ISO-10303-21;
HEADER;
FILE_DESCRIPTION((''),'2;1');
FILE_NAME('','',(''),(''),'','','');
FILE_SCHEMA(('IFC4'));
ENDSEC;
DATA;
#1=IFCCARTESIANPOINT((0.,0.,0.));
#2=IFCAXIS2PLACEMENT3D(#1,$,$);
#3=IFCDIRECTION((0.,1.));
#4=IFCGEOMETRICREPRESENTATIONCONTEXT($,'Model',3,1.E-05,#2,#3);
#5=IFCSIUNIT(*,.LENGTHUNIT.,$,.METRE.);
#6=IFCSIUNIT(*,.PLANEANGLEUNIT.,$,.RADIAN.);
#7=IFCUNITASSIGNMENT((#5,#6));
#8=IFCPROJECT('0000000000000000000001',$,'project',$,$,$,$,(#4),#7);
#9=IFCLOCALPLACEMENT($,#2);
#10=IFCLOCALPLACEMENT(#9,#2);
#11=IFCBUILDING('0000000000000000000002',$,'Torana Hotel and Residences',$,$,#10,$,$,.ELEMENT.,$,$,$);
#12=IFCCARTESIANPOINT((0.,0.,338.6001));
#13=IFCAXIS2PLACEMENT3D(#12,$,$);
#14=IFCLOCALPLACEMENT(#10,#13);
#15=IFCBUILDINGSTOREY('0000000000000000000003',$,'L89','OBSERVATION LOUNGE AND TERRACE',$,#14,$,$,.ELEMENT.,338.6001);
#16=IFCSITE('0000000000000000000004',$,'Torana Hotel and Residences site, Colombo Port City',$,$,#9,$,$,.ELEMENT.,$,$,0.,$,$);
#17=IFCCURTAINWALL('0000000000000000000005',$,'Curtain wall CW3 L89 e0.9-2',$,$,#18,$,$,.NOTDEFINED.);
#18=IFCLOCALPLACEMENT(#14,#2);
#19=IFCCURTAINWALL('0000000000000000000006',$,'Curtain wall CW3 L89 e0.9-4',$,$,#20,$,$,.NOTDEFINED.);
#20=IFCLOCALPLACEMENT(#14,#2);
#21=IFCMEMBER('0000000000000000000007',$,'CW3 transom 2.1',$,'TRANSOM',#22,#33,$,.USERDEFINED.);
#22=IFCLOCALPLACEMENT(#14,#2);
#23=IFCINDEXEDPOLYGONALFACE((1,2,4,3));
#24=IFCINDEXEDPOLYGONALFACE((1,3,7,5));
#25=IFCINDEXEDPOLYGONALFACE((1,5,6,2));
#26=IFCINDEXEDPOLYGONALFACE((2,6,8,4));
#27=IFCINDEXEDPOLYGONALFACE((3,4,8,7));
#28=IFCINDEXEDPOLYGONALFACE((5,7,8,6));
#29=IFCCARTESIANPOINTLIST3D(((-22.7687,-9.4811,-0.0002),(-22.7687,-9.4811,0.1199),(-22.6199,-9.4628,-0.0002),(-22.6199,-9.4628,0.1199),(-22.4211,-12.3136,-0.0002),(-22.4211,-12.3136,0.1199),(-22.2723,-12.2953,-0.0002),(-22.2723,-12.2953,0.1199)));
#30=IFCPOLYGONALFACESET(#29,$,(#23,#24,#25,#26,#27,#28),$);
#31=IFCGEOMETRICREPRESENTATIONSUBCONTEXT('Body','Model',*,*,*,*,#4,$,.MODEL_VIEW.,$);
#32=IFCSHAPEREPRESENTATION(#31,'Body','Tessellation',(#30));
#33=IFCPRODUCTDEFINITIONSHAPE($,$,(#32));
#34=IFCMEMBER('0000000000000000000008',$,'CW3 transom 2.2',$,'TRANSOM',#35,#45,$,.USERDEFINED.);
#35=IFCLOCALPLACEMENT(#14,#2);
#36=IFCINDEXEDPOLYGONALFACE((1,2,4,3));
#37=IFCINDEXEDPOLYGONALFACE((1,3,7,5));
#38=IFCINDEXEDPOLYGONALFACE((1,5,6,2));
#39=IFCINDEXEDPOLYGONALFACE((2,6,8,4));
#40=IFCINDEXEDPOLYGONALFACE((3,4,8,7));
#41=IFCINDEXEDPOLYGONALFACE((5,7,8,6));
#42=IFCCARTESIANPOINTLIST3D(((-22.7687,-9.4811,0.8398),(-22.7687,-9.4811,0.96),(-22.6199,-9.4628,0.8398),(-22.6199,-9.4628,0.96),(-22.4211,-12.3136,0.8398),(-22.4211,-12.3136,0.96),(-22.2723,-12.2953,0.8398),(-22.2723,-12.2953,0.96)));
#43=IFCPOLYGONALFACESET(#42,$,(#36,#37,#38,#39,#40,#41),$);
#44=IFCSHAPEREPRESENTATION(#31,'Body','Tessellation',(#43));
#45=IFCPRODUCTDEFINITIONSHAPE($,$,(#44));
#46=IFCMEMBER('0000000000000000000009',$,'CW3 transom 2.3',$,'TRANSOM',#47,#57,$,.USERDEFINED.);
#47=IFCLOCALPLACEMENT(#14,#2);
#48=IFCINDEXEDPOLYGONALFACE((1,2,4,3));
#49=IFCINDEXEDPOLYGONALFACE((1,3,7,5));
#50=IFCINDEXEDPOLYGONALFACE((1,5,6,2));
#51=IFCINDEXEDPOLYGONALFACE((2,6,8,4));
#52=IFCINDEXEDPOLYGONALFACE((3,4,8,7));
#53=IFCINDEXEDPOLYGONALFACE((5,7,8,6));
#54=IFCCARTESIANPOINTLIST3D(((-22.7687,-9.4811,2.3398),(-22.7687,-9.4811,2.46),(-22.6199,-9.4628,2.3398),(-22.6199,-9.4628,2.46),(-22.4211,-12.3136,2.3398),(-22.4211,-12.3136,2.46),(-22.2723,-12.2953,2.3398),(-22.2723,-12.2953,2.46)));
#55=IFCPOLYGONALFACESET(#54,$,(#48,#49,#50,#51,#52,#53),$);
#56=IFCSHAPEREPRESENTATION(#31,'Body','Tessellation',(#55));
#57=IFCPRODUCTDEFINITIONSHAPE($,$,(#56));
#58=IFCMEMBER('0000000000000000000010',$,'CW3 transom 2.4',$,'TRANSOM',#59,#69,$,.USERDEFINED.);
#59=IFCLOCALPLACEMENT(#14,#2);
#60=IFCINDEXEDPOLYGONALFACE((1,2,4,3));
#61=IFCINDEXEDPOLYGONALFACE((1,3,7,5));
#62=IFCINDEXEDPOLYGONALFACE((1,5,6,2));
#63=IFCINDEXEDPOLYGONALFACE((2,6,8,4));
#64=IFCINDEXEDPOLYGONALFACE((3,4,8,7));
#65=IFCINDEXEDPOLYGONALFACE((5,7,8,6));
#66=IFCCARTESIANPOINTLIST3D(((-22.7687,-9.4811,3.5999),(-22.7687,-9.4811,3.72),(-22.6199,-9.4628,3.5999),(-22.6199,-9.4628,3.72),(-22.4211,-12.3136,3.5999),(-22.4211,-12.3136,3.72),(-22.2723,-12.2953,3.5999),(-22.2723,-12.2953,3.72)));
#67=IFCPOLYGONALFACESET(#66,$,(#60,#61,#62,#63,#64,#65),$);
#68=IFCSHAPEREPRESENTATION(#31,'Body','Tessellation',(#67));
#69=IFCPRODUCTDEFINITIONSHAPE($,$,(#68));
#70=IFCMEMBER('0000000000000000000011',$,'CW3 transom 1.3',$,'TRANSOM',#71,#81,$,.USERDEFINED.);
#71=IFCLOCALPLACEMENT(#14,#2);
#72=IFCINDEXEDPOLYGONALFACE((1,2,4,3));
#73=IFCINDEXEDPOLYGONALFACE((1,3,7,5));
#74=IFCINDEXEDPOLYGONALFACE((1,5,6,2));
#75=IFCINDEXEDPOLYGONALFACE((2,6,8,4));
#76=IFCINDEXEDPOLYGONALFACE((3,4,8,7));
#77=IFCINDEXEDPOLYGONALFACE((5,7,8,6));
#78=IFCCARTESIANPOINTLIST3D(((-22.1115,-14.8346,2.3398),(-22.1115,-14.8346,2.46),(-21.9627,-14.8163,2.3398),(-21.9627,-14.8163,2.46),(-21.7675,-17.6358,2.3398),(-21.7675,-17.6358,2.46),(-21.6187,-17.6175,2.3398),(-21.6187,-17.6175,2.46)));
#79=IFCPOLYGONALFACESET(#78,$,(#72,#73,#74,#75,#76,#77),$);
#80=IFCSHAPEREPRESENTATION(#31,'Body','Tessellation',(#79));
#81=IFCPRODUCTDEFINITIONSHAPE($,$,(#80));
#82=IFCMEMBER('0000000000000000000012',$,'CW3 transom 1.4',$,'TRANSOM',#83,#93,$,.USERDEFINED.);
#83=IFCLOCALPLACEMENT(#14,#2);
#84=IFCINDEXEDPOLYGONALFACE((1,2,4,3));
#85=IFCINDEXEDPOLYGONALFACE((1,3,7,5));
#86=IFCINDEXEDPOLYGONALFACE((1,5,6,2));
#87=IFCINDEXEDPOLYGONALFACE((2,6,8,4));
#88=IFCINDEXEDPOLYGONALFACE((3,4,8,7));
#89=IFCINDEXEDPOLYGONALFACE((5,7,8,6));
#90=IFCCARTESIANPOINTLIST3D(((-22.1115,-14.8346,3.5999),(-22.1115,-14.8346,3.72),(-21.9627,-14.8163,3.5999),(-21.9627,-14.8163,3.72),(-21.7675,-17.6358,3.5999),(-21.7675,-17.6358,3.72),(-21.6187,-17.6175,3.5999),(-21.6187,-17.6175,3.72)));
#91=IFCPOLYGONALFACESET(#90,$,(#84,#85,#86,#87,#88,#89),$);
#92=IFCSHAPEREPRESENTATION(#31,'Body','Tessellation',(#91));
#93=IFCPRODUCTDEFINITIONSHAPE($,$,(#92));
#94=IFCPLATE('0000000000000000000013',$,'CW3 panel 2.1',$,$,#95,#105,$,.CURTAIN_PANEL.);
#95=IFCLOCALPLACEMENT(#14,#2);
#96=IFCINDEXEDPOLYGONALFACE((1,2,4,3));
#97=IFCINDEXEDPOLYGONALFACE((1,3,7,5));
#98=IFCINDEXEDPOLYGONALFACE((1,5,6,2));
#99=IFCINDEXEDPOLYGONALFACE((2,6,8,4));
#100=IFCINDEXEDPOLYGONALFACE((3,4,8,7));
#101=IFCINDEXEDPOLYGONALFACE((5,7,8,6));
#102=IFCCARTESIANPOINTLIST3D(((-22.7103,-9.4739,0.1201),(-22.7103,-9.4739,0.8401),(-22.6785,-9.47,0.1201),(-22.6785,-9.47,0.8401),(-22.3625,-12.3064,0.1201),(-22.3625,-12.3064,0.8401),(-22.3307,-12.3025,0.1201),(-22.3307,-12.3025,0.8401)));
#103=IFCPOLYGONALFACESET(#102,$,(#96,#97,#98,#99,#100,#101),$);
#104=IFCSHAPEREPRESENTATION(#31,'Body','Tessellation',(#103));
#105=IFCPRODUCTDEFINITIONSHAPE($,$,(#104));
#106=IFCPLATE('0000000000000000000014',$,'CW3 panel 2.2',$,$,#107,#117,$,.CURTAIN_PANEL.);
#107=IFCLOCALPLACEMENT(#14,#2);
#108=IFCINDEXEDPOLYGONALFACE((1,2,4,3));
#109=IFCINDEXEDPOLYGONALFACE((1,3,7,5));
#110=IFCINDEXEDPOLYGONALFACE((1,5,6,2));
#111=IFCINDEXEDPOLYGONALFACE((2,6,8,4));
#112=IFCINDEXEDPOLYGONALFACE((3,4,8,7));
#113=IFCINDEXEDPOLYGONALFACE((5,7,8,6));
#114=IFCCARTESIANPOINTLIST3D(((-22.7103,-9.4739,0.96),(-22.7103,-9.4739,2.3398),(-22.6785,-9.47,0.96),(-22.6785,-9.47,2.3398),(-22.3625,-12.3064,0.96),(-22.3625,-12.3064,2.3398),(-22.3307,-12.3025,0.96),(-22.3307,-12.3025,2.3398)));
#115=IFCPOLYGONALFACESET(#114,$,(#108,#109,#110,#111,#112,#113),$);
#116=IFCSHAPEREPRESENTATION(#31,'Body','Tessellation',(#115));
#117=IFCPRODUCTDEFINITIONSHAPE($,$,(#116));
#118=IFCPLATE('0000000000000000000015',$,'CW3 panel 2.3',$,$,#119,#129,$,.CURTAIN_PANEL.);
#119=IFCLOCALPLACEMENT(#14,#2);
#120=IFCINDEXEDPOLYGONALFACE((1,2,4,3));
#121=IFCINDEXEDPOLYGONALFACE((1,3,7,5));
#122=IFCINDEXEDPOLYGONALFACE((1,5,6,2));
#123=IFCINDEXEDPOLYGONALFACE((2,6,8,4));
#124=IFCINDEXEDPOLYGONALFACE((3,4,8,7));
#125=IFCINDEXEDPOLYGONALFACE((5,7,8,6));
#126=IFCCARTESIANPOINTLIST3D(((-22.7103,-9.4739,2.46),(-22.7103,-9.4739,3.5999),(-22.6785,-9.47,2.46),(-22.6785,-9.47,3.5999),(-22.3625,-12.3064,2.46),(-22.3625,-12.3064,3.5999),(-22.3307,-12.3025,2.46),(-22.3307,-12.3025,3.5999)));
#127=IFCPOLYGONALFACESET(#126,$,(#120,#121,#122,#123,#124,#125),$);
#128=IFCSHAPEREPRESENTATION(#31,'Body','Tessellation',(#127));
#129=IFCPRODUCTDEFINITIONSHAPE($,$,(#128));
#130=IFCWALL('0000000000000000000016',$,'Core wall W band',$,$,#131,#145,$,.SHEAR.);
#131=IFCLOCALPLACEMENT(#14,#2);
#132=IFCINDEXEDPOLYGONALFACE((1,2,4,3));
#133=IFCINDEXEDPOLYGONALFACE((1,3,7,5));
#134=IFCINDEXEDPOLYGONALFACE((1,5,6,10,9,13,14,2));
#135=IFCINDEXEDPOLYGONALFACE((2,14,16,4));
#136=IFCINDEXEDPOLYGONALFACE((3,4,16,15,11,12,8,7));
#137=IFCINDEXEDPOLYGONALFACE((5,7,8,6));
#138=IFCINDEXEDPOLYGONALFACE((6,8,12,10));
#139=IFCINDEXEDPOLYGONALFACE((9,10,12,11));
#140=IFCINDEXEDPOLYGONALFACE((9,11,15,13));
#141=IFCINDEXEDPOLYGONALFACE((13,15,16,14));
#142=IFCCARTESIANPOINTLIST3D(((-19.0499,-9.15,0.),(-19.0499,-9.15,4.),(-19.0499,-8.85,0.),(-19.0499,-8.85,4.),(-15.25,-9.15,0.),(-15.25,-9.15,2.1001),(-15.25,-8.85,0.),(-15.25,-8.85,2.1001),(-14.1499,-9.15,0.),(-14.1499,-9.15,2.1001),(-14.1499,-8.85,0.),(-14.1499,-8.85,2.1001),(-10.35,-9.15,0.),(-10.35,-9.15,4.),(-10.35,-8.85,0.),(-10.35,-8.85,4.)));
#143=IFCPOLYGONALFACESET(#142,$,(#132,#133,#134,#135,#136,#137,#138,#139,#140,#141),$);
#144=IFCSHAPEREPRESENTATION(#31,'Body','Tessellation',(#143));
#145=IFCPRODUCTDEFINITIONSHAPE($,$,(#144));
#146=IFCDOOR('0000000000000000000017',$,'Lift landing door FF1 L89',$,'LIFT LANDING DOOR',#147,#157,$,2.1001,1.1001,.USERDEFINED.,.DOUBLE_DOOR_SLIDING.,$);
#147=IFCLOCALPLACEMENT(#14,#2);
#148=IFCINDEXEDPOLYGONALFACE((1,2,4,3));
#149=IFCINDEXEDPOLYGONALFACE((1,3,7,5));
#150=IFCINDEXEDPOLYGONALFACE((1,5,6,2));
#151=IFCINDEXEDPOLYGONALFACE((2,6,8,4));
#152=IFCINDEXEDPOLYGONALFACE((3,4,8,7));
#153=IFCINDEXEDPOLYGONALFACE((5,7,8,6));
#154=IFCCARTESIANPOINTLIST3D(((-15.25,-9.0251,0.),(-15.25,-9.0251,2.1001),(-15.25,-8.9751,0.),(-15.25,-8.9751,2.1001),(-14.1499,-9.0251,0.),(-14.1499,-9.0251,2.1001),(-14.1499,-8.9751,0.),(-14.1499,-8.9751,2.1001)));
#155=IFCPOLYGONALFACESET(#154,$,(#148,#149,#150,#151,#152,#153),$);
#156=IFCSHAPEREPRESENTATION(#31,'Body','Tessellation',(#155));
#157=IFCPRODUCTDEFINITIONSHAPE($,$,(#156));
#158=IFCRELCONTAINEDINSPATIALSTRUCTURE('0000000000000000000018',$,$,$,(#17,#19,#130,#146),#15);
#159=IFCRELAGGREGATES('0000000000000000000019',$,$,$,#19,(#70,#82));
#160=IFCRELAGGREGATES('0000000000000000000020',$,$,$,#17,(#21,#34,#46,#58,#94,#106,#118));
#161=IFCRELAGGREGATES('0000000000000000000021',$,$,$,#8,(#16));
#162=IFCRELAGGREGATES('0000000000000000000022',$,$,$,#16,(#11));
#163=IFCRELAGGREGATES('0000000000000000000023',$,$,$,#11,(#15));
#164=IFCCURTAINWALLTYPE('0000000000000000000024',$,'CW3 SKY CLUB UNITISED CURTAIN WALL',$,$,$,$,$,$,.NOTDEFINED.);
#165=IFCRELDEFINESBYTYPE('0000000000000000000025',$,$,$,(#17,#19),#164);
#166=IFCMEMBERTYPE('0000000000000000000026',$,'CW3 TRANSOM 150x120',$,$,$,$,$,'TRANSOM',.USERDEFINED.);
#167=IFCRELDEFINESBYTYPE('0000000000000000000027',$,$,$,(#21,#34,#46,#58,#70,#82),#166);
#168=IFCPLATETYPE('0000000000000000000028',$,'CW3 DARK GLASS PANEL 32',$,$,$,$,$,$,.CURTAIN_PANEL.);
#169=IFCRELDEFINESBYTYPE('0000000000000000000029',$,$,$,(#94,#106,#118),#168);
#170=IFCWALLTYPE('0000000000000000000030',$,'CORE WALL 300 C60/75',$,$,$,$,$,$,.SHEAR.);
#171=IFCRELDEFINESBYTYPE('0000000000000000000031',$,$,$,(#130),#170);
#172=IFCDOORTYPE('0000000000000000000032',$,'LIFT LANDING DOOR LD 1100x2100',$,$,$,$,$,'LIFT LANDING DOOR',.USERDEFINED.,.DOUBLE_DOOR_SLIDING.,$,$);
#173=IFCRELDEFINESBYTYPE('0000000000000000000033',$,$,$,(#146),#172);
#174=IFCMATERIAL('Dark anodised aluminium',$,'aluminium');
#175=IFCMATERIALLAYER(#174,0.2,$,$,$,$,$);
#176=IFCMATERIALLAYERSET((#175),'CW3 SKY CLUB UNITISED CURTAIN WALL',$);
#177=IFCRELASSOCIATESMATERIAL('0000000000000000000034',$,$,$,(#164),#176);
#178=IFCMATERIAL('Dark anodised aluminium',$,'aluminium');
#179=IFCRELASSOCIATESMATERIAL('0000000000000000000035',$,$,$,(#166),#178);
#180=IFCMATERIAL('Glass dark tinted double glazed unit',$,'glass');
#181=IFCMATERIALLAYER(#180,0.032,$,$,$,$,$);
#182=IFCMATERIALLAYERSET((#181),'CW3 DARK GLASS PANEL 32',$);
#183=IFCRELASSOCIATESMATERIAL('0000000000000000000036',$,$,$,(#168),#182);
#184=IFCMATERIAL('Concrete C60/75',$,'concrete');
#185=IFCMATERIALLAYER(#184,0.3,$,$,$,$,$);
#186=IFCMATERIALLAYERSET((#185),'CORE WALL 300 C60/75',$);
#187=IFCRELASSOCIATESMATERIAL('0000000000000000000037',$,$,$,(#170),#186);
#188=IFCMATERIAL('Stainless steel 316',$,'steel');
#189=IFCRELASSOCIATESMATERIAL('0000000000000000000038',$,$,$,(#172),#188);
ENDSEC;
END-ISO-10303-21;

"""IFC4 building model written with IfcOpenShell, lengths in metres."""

from ifc_helpers import new_model, si_unit, direction, frame, frame_2d, origin, origin_2d, place, context, subcontext, project, spatial, rectangle, extrude, material, layer, layer_set, material_profile, profile_set, type_object, element, fill, aggregate, save


model = new_model("IFC4")

# Units and contexts
model_context = context("Model", 3, precision=1e-05, world=origin(), true_north=direction((0.0, 1.0)))
body_context = subcontext(model_context, "Body", "Model", "MODEL_VIEW")
ifc_project = project(units=[si_unit("LENGTHUNIT", "METRE"), si_unit("PLANEANGLEUNIT", "RADIAN")], contexts=[model_context])

# Site, building, storey
site_placement = place(None, origin())
site = spatial("IfcSite", under=ifc_project, at=site_placement, Name="Torana Hotel and Residences site, Colombo Port City", CompositionType="ELEMENT", RefElevation=0.0)
building_placement = place(site_placement, origin())
building = spatial("IfcBuilding", under=site, at=building_placement, Name="Torana Hotel and Residences", CompositionType="ELEMENT")
storey_placement = place(building_placement, frame((0.0, 0.0, 338.6001)))
storey = spatial("IfcBuildingStorey", under=building, at=storey_placement, Name="L89", Description="OBSERVATION LOUNGE AND TERRACE", CompositionType="ELEMENT", Elevation=338.6001)

# Curtain wall
ifc_material_1 = material(Name="Dark anodised aluminium", Category="aluminium")
ifc_layer_1 = layer(ifc_material_1, 0.2)
ifc_layer_set_1 = layer_set([ifc_layer_1], Name="CW3 SKY CLUB UNITISED CURTAIN WALL")
curtain_wall_type = type_object("IfcCurtainWallType", Name="CW3 SKY CLUB UNITISED CURTAIN WALL", PredefinedType="NOTDEFINED", material=ifc_layer_set_1)
curtain_wall_1_placement = place(storey_placement, origin())
curtain_wall_1 = element("IfcCurtainWall", 1, at=curtain_wall_1_placement, inside=storey, type_object=curtain_wall_type, Name="Curtain wall CW3 L89 e0.9-2", PredefinedType="NOTDEFINED")

# Curtain wall
curtain_wall_2_placement = place(storey_placement, origin())
curtain_wall_2 = element("IfcCurtainWall", 2, at=curtain_wall_2_placement, inside=storey, type_object=curtain_wall_type, Name="Curtain wall CW3 L89 e0.9-4", PredefinedType="NOTDEFINED")

# Members
ifc_material_2 = material(Name="Dark anodised aluminium", Category="aluminium")
ifc_material_profile_1 = material_profile(ifc_material_2, rectangle(XDim=0.1499, YDim=0.1201, at=origin_2d()), Name="CW3 TRANSOM 150x120")
ifc_profile_set_1 = profile_set([ifc_material_profile_1], Name="Dark anodised aluminium")
member_type_1 = type_object("IfcMemberType", Name="CW3 TRANSOM 150x120", ElementType="TRANSOM", PredefinedType="USERDEFINED", material=ifc_profile_set_1)
member_1_placement = place(storey_placement, frame((-22.6943, -9.4719, 0.0598), z_axis=(0.121823, -0.992552, 0.0), x_axis=(0.992552, 0.121823, 0.0)))
member_1 = element("IfcMember", 3, at=member_1_placement, type_object=member_type_1, Name="CW3 transom 2.1", ObjectType="TRANSOM", PredefinedType="USERDEFINED", context=body_context, shape_type="SweptSolid", body=[
    extrude(rectangle(XDim=0.1499, YDim=0.1201, at=origin_2d()), origin(), (0.0, 0.0, 1.0), 2.8538),
])
member_2_placement = place(storey_placement, frame((-22.6943, -9.4719, 0.8999), z_axis=(0.121823, -0.992552, 0.0), x_axis=(0.992552, 0.121823, 0.0)))
member_2 = element("IfcMember", 4, at=member_2_placement, type_object=member_type_1, Name="CW3 transom 2.2", ObjectType="TRANSOM", PredefinedType="USERDEFINED", context=body_context, shape_type="SweptSolid", body=[
    extrude(rectangle(XDim=0.1499, YDim=0.1201, at=origin_2d()), origin(), (0.0, 0.0, 1.0), 2.8538),
])
member_3_placement = place(storey_placement, frame((-22.6943, -9.4719, 2.3999), z_axis=(0.121823, -0.992552, 0.0), x_axis=(0.992552, 0.121823, 0.0)))
member_3 = element("IfcMember", 5, at=member_3_placement, type_object=member_type_1, Name="CW3 transom 2.3", ObjectType="TRANSOM", PredefinedType="USERDEFINED", context=body_context, shape_type="SweptSolid", body=[
    extrude(rectangle(XDim=0.1499, YDim=0.1201, at=origin_2d()), origin(), (0.0, 0.0, 1.0), 2.8538),
])
member_4_placement = place(storey_placement, frame((-22.6943, -9.4719, 3.6599), z_axis=(0.121823, -0.992552, 0.0), x_axis=(0.992552, 0.121823, 0.0)))
member_4 = element("IfcMember", 6, at=member_4_placement, type_object=member_type_1, Name="CW3 transom 2.4", ObjectType="TRANSOM", PredefinedType="USERDEFINED", context=body_context, shape_type="SweptSolid", body=[
    extrude(rectangle(XDim=0.1499, YDim=0.1201, at=origin_2d()), origin(), (0.0, 0.0, 1.0), 2.8538),
])
member_5_placement = place(storey_placement, frame((-22.0371, -14.8254, 2.3999), z_axis=(0.121884, -0.992544, 0.0), x_axis=(0.992544, 0.121884, 0.0)))
member_5 = element("IfcMember", 7, at=member_5_placement, type_object=member_type_1, Name="CW3 transom 1.3", ObjectType="TRANSOM", PredefinedType="USERDEFINED", context=body_context, shape_type="SweptSolid", body=[
    extrude(rectangle(XDim=0.1499, YDim=0.1201, at=origin_2d()), origin(), (0.0, 0.0, 1.0), 2.8223),
])
member_6_placement = place(storey_placement, frame((-22.0371, -14.8254, 3.6599), z_axis=(0.121884, -0.992544, 0.0), x_axis=(0.992544, 0.121884, 0.0)))
member_6 = element("IfcMember", 8, at=member_6_placement, type_object=member_type_1, Name="CW3 transom 1.4", ObjectType="TRANSOM", PredefinedType="USERDEFINED", context=body_context, shape_type="SweptSolid", body=[
    extrude(rectangle(XDim=0.1499, YDim=0.1201, at=origin_2d()), origin(), (0.0, 0.0, 1.0), 2.8223),
])
aggregate(curtain_wall_2, [member_5, member_6])

# Plates
ifc_material_3 = material(Name="Glass dark tinted double glazed unit", Category="glass")
ifc_layer_2 = layer(ifc_material_3, 0.032)
ifc_layer_set_2 = layer_set([ifc_layer_2], Name="CW3 DARK GLASS PANEL 32")
plate_type = type_object("IfcPlateType", Name="CW3 DARK GLASS PANEL 32", PredefinedType="CURTAIN_PANEL", material=ifc_layer_set_2)
plate_1_placement = place(storey_placement, frame((-22.5205, -10.8882, 0.1201), z_axis=(0.0, 0.0, 1.0), x_axis=(0.121876, -0.992545, 0.0)))
plate_1 = element("IfcPlate", 9, at=plate_1_placement, type_object=plate_type, Name="CW3 panel 2.1", PredefinedType="CURTAIN_PANEL", context=body_context, shape_type="SweptSolid", body=[
    extrude(rectangle(XDim=2.8538, YDim=0.032, at=origin_2d()), origin(), (0.0, 0.0, 1.0), 0.72),
])
plate_2_placement = place(storey_placement, frame((-22.5205, -10.8882, 0.96), z_axis=(0.0, 0.0, 1.0), x_axis=(0.121876, -0.992545, 0.0)))
plate_2 = element("IfcPlate", 10, at=plate_2_placement, type_object=plate_type, Name="CW3 panel 2.2", PredefinedType="CURTAIN_PANEL", context=body_context, shape_type="SweptSolid", body=[
    extrude(rectangle(XDim=2.8538, YDim=0.032, at=origin_2d()), origin(), (0.0, 0.0, 1.0), 1.3799),
])
plate_3_placement = place(storey_placement, frame((-22.5205, -10.8882, 2.46), z_axis=(0.0, 0.0, 1.0), x_axis=(0.121876, -0.992545, 0.0)))
plate_3 = element("IfcPlate", 11, at=plate_3_placement, type_object=plate_type, Name="CW3 panel 2.3", PredefinedType="CURTAIN_PANEL", context=body_context, shape_type="SweptSolid", body=[
    extrude(rectangle(XDim=2.8538, YDim=0.032, at=origin_2d()), origin(), (0.0, 0.0, 1.0), 1.1399),
])
aggregate(curtain_wall_1, [member_1, member_2, member_3, member_4, plate_1, plate_2, plate_3])

# Wall, opening, door
ifc_material_4 = material(Name="Concrete C60/75", Category="concrete")
ifc_layer_3 = layer(ifc_material_4, 0.3)
ifc_layer_set_3 = layer_set([ifc_layer_3], Name="CORE WALL 300 C60/75")
wall_type_1 = type_object("IfcWallType", Name="CORE WALL 300 C60/75", PredefinedType="SHEAR", material=ifc_layer_set_3)
wall_1_placement = place(storey_placement, frame((-19.05, -9.0, 0.0), z_axis=(0.0, 0.0, 1.0), x_axis=(1.0, 0.0, 0.0)))
wall_1 = element("IfcWall", 12, at=wall_1_placement, inside=storey, type_object=wall_type_1, Name="Core wall W band", PredefinedType="SHEAR", context=body_context, shape_type="SweptSolid", body=[
    extrude(rectangle(XDim=8.7, YDim=0.3, at=frame_2d((4.3501, 0.0))), origin(), (0.0, 0.0, 1.0), 4.0),
])
opening_1_placement = place(wall_1_placement, frame((3.8, 0.0, 0.0)))
opening_1 = element("IfcOpeningElement", 13, at=opening_1_placement, cuts=wall_1, PredefinedType="OPENING", context=body_context, shape_type="SweptSolid", body=[
    extrude(rectangle(XDim=1.1001, YDim=2.1001, at=frame_2d((0.55, 1.05))), frame((0.0, 0.1599, 0.0), z_axis=(0.0, -1.0, 0.0), x_axis=(1.0, 0.0, 0.0)), (0.0, 0.0, 1.0), 0.3201),
])
ifc_material_5 = material(Name="Stainless steel 316", Category="steel")
door_type_1 = type_object("IfcDoorType", Name="LIFT LANDING DOOR LD 1100x2100", ElementType="LIFT LANDING DOOR", OperationType="DOUBLE_DOOR_SLIDING", PredefinedType="USERDEFINED", material=ifc_material_5)
door_1_placement = place(opening_1_placement, origin())
door_1 = element("IfcDoor", 14, at=door_1_placement, inside=storey, type_object=door_type_1, Name="Lift landing door FF1 L89", ObjectType="LIFT LANDING DOOR", OperationType="DOUBLE_DOOR_SLIDING", OverallHeight=2.1001, OverallWidth=1.1001, PredefinedType="USERDEFINED", context=body_context, shape_type="SweptSolid", body=[
    extrude(rectangle(XDim=1.1001, YDim=2.1001, at=frame_2d((0.55, 1.05))), frame((0.0, 0.0249, 0.0), z_axis=(0.0, -1.0, 0.0), x_axis=(1.0, 0.0, 0.0)), (0.0, 0.0, 1.0), 0.05),
])
fill(opening_1, door_1)

save(model, "model.ifc")
